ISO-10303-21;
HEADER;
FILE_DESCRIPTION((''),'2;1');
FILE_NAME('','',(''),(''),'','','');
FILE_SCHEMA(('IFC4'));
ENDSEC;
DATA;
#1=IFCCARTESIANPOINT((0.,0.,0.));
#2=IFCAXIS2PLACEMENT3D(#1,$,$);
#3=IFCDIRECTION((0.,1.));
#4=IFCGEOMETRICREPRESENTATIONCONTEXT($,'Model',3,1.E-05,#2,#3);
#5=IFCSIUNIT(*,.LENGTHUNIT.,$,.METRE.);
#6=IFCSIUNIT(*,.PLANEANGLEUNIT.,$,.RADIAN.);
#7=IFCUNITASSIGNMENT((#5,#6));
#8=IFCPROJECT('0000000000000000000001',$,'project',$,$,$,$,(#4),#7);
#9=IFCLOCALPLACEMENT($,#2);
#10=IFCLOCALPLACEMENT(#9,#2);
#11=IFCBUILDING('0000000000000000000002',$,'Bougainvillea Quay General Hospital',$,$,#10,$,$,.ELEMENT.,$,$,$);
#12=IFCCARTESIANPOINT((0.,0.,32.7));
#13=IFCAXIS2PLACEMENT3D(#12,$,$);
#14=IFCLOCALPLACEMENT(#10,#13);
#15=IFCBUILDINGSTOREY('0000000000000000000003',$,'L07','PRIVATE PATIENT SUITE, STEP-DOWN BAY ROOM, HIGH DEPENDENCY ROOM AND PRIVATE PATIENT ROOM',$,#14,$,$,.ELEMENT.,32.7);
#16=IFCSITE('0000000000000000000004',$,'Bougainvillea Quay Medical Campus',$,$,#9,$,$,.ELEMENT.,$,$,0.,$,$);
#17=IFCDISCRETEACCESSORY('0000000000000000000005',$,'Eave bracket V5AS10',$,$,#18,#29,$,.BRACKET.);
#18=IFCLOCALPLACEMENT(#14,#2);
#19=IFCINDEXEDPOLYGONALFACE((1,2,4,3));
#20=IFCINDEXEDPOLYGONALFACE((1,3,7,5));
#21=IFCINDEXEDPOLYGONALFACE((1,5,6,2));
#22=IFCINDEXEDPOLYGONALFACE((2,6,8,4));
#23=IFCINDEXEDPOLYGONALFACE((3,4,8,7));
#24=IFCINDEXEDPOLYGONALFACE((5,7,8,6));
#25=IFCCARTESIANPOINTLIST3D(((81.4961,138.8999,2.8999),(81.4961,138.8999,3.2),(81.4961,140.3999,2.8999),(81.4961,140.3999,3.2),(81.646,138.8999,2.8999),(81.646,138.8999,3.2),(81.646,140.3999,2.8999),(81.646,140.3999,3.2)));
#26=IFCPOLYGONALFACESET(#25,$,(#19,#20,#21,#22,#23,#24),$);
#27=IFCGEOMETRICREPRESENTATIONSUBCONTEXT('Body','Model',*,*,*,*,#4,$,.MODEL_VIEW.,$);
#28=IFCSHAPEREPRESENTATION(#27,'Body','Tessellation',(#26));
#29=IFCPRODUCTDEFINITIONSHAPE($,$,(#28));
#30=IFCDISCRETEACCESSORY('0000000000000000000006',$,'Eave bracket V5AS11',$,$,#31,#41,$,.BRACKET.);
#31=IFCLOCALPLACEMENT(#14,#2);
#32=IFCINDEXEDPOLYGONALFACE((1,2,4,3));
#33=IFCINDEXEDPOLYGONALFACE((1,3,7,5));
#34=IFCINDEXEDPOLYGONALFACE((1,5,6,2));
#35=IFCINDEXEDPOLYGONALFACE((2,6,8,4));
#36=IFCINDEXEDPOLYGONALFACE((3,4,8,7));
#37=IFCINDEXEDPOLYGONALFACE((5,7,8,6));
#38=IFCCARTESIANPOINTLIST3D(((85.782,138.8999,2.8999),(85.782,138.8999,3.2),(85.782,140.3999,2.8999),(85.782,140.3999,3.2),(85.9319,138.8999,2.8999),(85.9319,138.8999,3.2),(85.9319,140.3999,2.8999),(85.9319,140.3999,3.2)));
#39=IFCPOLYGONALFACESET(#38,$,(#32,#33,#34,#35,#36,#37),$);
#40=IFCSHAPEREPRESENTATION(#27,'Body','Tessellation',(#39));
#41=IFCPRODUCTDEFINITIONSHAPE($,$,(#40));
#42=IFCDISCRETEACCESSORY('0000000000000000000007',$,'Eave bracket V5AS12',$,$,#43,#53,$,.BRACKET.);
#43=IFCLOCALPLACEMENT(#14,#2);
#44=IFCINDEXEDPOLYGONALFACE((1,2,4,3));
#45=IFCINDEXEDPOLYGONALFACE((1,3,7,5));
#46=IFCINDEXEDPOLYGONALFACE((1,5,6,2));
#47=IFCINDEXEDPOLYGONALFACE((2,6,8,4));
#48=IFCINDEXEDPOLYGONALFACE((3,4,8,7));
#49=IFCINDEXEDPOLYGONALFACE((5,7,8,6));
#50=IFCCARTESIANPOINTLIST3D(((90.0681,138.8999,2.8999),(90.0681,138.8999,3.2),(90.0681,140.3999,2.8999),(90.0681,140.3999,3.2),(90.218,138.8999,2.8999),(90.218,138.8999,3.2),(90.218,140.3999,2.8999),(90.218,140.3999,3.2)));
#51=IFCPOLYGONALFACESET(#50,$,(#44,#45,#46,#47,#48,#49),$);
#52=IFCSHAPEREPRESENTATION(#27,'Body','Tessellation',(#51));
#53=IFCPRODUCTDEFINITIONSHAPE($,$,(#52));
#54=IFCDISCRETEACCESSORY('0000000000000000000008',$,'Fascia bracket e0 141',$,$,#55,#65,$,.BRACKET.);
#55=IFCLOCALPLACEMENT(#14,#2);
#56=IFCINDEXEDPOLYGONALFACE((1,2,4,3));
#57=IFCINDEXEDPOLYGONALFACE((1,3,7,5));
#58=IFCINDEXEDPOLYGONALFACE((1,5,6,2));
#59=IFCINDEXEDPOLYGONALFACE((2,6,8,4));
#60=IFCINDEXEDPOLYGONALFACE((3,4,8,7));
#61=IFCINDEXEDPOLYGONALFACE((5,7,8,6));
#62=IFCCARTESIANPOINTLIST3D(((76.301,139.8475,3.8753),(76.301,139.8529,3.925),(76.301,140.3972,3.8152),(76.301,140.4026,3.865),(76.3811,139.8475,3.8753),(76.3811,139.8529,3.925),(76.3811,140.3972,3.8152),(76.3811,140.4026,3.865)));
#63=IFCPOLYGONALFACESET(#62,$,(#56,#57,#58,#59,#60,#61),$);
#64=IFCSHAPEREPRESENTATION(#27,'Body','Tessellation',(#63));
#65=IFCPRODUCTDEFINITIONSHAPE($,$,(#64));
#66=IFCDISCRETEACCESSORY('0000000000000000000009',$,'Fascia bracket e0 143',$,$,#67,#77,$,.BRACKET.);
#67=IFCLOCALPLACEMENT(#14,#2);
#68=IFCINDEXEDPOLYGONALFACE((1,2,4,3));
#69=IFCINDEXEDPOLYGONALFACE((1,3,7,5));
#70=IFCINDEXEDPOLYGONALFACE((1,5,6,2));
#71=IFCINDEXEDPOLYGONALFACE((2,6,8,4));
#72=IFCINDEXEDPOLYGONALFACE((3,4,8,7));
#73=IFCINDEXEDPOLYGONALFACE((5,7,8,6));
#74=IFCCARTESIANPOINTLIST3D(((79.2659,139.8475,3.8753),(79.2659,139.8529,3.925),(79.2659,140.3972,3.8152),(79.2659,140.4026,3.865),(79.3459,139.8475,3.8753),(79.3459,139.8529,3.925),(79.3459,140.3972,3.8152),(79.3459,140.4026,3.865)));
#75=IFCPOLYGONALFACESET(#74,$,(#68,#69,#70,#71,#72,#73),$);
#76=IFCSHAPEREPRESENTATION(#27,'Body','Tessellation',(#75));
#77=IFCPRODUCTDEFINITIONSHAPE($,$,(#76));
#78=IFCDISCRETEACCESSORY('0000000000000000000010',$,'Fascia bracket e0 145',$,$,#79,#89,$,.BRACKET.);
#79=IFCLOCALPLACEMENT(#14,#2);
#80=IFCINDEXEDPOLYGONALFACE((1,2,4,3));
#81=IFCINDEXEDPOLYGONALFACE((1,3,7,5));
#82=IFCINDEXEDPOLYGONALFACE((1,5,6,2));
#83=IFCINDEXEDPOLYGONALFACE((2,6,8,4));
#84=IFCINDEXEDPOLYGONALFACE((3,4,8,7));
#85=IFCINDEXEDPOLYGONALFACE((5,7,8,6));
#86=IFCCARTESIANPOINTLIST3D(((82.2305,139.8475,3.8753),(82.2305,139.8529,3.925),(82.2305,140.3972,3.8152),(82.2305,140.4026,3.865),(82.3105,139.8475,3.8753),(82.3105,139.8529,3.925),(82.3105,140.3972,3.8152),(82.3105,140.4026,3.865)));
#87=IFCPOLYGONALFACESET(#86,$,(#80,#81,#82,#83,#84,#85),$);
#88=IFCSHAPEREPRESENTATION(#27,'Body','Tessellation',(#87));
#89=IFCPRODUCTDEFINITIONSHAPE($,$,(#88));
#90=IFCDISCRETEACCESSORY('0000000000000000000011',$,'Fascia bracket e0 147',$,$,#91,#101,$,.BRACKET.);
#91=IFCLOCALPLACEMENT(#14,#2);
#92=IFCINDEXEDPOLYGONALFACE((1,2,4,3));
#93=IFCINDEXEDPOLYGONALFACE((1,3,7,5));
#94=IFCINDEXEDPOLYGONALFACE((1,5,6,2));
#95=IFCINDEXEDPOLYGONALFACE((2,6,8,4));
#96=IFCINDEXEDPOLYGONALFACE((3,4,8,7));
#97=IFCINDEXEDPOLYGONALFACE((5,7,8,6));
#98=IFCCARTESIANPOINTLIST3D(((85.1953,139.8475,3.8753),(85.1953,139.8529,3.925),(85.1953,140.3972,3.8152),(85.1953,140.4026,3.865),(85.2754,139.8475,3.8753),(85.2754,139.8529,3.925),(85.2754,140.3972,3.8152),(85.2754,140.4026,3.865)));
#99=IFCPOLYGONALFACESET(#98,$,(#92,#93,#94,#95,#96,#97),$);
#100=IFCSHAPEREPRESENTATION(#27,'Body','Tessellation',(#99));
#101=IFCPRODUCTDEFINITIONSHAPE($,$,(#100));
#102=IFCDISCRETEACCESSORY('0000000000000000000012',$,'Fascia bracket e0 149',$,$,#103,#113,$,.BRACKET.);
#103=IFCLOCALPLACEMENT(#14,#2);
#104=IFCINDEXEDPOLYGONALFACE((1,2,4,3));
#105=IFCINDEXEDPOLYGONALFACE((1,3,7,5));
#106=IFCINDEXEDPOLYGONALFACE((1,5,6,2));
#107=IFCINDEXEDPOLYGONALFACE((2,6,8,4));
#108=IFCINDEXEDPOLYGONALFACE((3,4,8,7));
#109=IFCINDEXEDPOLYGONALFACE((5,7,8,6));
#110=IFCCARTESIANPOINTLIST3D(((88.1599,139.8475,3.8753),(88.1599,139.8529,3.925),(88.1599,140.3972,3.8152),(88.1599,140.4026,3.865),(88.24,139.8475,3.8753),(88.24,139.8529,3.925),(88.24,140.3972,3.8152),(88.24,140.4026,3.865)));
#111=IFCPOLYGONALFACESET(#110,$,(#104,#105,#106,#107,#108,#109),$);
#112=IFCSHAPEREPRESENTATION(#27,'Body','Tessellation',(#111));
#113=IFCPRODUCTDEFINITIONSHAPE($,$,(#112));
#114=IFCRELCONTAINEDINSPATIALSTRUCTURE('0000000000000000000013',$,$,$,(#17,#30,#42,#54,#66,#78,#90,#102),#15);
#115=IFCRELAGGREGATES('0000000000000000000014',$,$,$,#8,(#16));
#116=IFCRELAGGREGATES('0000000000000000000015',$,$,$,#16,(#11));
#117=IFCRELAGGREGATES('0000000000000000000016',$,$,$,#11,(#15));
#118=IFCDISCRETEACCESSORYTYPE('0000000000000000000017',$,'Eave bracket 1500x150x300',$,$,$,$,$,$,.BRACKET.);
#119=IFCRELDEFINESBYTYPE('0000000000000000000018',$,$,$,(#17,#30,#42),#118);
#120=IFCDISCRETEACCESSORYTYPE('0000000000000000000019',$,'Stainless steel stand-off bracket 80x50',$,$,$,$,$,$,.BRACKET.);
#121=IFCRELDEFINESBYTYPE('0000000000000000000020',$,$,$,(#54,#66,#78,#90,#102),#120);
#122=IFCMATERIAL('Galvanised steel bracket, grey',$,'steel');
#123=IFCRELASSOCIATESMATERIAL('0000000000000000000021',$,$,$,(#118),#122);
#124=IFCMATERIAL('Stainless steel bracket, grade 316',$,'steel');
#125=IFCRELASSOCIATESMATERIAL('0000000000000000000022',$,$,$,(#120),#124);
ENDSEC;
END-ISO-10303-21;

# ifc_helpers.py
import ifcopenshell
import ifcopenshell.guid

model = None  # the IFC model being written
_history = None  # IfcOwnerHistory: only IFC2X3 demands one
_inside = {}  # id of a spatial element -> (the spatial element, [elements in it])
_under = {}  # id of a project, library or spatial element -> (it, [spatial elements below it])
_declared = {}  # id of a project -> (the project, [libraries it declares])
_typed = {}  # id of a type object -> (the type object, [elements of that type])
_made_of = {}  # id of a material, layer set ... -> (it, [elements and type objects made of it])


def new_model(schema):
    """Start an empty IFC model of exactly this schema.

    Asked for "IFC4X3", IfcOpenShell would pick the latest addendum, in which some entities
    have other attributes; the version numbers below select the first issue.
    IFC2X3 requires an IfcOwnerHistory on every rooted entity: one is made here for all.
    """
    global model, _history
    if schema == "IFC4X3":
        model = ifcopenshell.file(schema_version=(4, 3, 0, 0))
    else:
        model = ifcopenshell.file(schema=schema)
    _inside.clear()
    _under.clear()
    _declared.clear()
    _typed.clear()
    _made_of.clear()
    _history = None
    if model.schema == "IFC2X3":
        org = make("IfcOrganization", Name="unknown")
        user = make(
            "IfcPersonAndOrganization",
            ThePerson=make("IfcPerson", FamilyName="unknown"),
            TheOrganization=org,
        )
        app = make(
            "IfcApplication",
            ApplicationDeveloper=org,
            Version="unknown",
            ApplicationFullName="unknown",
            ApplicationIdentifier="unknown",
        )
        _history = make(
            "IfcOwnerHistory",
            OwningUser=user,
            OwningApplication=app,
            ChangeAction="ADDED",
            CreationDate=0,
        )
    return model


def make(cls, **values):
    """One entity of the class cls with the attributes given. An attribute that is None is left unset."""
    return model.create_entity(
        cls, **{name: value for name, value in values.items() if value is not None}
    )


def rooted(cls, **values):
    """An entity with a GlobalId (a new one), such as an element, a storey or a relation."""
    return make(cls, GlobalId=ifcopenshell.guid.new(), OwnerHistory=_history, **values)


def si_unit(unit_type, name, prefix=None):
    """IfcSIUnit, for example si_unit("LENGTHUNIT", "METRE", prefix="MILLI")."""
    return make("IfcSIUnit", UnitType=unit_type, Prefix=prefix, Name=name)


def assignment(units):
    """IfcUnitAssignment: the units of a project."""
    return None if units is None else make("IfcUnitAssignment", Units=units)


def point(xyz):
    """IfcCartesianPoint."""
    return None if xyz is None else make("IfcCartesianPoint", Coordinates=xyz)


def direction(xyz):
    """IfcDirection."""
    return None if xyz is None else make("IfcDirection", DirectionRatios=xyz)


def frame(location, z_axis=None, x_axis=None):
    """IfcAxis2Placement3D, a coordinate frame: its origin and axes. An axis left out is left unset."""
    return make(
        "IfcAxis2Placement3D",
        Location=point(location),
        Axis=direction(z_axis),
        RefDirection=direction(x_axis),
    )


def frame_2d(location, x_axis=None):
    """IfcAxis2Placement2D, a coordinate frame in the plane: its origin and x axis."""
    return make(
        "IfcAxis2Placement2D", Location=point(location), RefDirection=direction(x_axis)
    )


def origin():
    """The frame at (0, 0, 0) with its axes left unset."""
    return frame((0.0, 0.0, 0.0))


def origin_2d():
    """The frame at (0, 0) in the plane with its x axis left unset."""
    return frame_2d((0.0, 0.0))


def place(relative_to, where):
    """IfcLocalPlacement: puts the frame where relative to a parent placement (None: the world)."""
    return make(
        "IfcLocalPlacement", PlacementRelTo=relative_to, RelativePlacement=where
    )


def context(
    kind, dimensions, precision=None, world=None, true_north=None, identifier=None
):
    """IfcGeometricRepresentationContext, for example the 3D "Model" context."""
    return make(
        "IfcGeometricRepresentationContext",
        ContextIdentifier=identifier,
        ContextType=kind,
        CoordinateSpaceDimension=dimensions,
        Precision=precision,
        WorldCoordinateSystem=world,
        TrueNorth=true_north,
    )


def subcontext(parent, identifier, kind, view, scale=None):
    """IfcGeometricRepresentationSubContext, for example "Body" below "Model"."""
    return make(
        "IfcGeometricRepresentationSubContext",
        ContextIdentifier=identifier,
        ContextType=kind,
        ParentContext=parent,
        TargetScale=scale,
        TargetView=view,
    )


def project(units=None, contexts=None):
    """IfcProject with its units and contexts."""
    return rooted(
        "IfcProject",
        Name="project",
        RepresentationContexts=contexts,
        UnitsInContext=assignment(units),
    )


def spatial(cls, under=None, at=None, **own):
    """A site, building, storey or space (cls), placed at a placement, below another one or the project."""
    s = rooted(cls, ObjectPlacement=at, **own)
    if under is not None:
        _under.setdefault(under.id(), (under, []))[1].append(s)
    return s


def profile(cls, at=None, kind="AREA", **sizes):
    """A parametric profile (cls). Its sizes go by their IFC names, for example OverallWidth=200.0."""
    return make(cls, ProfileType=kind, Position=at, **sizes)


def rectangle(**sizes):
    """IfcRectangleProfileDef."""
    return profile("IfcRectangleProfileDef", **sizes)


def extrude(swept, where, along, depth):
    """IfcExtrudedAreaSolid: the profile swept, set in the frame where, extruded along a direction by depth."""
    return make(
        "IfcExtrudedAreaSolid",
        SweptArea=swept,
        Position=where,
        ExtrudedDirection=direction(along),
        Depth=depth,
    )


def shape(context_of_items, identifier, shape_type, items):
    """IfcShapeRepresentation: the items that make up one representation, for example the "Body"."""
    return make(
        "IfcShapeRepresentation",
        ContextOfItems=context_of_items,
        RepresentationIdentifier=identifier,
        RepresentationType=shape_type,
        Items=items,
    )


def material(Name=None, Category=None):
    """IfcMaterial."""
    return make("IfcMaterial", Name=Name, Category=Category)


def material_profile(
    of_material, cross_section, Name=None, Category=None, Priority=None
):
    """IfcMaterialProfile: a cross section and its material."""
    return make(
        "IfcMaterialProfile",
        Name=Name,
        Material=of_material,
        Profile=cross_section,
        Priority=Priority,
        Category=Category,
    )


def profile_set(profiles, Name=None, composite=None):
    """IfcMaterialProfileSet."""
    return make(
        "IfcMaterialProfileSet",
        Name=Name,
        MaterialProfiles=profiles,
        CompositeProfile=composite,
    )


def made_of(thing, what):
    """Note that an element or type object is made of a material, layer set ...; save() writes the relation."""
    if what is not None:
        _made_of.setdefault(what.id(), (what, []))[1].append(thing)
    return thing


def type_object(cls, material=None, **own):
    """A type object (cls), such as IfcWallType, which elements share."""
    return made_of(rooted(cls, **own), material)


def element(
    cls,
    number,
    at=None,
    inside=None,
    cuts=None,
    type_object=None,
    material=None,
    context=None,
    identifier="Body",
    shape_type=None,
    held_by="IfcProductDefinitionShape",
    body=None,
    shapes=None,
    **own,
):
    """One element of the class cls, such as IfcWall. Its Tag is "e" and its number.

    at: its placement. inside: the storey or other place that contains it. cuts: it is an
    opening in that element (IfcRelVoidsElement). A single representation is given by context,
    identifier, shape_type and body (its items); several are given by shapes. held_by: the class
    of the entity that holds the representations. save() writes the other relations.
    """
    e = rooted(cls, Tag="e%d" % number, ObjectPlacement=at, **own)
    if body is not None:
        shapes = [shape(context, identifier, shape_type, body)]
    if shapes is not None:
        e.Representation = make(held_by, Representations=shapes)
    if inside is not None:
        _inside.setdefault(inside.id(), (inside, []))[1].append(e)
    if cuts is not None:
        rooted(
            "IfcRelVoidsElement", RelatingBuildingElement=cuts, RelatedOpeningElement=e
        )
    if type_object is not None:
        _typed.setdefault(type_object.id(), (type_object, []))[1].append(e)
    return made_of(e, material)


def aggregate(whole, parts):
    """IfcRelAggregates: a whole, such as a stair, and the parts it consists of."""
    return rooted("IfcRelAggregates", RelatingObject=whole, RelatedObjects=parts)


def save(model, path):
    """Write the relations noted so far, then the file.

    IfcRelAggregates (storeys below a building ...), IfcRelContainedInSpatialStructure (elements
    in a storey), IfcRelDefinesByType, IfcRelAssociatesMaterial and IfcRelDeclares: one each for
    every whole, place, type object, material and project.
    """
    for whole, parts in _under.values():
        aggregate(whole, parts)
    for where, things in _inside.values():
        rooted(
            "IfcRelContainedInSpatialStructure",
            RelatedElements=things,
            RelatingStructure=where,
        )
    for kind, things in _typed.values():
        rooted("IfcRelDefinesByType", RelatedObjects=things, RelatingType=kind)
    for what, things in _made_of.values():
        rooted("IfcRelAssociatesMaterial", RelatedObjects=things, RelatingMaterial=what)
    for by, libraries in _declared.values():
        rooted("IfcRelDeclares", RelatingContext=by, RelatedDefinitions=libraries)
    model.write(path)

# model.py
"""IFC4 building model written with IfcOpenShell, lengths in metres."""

from ifc_helpers import new_model, si_unit, direction, frame, origin, origin_2d, place, context, subcontext, project, spatial, rectangle, extrude, material, material_profile, profile_set, type_object, element, save


model = new_model("IFC4")

# Units and contexts
model_context = context("Model", 3, precision=1e-05, world=origin(), true_north=direction((0.0, 1.0)))
body_context = subcontext(model_context, "Body", "Model", "MODEL_VIEW")
ifc_project = project(units=[si_unit("LENGTHUNIT", "METRE"), si_unit("PLANEANGLEUNIT", "RADIAN")], contexts=[model_context])

# Site, building, storey
site_placement = place(None, origin())
site = spatial("IfcSite", under=ifc_project, at=site_placement, Name="Bougainvillea Quay Medical Campus", CompositionType="ELEMENT", RefElevation=0.0)
building_placement = place(site_placement, origin())
building = spatial("IfcBuilding", under=site, at=building_placement, Name="Bougainvillea Quay General Hospital", CompositionType="ELEMENT")
storey_placement = place(building_placement, frame((0.0, 0.0, 32.7)))
storey = spatial("IfcBuildingStorey", under=building, at=storey_placement, Name="L07", Description="PRIVATE PATIENT SUITE, STEP-DOWN BAY ROOM, HIGH DEPENDENCY ROOM AND PRIVATE PATIENT ROOM", CompositionType="ELEMENT", Elevation=32.7)

# Discrete accessories
ifc_material_1 = material(Name="Galvanised steel bracket, grey", Category="steel")
discrete_accessory_type_1 = type_object("IfcDiscreteAccessoryType", Name="Eave bracket 1500x150x300", PredefinedType="BRACKET", material=ifc_material_1)
for number, where, z_axis, x_axis, name in (
    (1, (81.571, 139.6499, 2.8999), (0.0, 0.0, 1.0), (1.0, 0.0, 0.0), "Eave bracket V5AS10"),
    (2, (85.8569, 139.6499, 2.8999), (0.0, 0.0, 1.0), (1.0, 0.0, 0.0), "Eave bracket V5AS11"),
    (3, (90.1431, 139.6499, 2.8999), (0.0, 0.0, 1.0), (1.0, 0.0, 0.0), "Eave bracket V5AS12"),
):
    element("IfcDiscreteAccessory", number, at=place(storey_placement, frame(where, z_axis=z_axis, x_axis=x_axis)), inside=storey, type_object=discrete_accessory_type_1, Name=name, PredefinedType="BRACKET", context=body_context, shape_type="SweptSolid", body=[
        extrude(rectangle(XDim=0.1499, YDim=1.5, at=origin_2d()), origin(), (0.0, 0.0, 1.0), 0.3),
    ])
ifc_material_2 = material(Name="Stainless steel bracket, grade 316", Category="steel")
ifc_material_profile_1 = material_profile(ifc_material_2, rectangle(XDim=0.0801, YDim=0.05, at=origin_2d()))
ifc_profile_set_1 = profile_set([ifc_material_profile_1], Name="Stainless steel bracket, grade 316")
discrete_accessory_type_2 = type_object("IfcDiscreteAccessoryType", Name="Stainless steel stand-off bracket 80x50", PredefinedType="BRACKET", material=ifc_profile_set_1)
for number, where, z_axis, x_axis, name in (
    (4, (76.3411, 140.3999, 3.8401), (0.0, -0.994087, 0.10859), (1.0, 0.0, 0.0), "Fascia bracket e0 141"),
    (5, (79.3059, 140.3999, 3.8401), (0.0, -0.994087, 0.10859), (1.0, 0.0, 0.0), "Fascia bracket e0 143"),
    (6, (82.2705, 140.3999, 3.8401), (0.0, -0.994087, 0.10859), (1.0, 0.0, 0.0), "Fascia bracket e0 145"),
    (7, (85.2354, 140.3999, 3.8401), (0.0, -0.994087, 0.10859), (1.0, 0.0, 0.0), "Fascia bracket e0 147"),
    (8, (88.2, 140.3999, 3.8401), (0.0, -0.994087, 0.10859), (1.0, 0.0, 0.0), "Fascia bracket e0 149"),
):
    element("IfcDiscreteAccessory", number, at=place(storey_placement, frame(where, z_axis=z_axis, x_axis=x_axis)), inside=storey, type_object=discrete_accessory_type_2, Name=name, PredefinedType="BRACKET", context=body_context, shape_type="SweptSolid", body=[
        extrude(rectangle(XDim=0.0801, YDim=0.05, at=origin_2d()), origin(), (0.0, 0.0, 1.0), 0.553),
    ])

save(model, "model.ifc")
